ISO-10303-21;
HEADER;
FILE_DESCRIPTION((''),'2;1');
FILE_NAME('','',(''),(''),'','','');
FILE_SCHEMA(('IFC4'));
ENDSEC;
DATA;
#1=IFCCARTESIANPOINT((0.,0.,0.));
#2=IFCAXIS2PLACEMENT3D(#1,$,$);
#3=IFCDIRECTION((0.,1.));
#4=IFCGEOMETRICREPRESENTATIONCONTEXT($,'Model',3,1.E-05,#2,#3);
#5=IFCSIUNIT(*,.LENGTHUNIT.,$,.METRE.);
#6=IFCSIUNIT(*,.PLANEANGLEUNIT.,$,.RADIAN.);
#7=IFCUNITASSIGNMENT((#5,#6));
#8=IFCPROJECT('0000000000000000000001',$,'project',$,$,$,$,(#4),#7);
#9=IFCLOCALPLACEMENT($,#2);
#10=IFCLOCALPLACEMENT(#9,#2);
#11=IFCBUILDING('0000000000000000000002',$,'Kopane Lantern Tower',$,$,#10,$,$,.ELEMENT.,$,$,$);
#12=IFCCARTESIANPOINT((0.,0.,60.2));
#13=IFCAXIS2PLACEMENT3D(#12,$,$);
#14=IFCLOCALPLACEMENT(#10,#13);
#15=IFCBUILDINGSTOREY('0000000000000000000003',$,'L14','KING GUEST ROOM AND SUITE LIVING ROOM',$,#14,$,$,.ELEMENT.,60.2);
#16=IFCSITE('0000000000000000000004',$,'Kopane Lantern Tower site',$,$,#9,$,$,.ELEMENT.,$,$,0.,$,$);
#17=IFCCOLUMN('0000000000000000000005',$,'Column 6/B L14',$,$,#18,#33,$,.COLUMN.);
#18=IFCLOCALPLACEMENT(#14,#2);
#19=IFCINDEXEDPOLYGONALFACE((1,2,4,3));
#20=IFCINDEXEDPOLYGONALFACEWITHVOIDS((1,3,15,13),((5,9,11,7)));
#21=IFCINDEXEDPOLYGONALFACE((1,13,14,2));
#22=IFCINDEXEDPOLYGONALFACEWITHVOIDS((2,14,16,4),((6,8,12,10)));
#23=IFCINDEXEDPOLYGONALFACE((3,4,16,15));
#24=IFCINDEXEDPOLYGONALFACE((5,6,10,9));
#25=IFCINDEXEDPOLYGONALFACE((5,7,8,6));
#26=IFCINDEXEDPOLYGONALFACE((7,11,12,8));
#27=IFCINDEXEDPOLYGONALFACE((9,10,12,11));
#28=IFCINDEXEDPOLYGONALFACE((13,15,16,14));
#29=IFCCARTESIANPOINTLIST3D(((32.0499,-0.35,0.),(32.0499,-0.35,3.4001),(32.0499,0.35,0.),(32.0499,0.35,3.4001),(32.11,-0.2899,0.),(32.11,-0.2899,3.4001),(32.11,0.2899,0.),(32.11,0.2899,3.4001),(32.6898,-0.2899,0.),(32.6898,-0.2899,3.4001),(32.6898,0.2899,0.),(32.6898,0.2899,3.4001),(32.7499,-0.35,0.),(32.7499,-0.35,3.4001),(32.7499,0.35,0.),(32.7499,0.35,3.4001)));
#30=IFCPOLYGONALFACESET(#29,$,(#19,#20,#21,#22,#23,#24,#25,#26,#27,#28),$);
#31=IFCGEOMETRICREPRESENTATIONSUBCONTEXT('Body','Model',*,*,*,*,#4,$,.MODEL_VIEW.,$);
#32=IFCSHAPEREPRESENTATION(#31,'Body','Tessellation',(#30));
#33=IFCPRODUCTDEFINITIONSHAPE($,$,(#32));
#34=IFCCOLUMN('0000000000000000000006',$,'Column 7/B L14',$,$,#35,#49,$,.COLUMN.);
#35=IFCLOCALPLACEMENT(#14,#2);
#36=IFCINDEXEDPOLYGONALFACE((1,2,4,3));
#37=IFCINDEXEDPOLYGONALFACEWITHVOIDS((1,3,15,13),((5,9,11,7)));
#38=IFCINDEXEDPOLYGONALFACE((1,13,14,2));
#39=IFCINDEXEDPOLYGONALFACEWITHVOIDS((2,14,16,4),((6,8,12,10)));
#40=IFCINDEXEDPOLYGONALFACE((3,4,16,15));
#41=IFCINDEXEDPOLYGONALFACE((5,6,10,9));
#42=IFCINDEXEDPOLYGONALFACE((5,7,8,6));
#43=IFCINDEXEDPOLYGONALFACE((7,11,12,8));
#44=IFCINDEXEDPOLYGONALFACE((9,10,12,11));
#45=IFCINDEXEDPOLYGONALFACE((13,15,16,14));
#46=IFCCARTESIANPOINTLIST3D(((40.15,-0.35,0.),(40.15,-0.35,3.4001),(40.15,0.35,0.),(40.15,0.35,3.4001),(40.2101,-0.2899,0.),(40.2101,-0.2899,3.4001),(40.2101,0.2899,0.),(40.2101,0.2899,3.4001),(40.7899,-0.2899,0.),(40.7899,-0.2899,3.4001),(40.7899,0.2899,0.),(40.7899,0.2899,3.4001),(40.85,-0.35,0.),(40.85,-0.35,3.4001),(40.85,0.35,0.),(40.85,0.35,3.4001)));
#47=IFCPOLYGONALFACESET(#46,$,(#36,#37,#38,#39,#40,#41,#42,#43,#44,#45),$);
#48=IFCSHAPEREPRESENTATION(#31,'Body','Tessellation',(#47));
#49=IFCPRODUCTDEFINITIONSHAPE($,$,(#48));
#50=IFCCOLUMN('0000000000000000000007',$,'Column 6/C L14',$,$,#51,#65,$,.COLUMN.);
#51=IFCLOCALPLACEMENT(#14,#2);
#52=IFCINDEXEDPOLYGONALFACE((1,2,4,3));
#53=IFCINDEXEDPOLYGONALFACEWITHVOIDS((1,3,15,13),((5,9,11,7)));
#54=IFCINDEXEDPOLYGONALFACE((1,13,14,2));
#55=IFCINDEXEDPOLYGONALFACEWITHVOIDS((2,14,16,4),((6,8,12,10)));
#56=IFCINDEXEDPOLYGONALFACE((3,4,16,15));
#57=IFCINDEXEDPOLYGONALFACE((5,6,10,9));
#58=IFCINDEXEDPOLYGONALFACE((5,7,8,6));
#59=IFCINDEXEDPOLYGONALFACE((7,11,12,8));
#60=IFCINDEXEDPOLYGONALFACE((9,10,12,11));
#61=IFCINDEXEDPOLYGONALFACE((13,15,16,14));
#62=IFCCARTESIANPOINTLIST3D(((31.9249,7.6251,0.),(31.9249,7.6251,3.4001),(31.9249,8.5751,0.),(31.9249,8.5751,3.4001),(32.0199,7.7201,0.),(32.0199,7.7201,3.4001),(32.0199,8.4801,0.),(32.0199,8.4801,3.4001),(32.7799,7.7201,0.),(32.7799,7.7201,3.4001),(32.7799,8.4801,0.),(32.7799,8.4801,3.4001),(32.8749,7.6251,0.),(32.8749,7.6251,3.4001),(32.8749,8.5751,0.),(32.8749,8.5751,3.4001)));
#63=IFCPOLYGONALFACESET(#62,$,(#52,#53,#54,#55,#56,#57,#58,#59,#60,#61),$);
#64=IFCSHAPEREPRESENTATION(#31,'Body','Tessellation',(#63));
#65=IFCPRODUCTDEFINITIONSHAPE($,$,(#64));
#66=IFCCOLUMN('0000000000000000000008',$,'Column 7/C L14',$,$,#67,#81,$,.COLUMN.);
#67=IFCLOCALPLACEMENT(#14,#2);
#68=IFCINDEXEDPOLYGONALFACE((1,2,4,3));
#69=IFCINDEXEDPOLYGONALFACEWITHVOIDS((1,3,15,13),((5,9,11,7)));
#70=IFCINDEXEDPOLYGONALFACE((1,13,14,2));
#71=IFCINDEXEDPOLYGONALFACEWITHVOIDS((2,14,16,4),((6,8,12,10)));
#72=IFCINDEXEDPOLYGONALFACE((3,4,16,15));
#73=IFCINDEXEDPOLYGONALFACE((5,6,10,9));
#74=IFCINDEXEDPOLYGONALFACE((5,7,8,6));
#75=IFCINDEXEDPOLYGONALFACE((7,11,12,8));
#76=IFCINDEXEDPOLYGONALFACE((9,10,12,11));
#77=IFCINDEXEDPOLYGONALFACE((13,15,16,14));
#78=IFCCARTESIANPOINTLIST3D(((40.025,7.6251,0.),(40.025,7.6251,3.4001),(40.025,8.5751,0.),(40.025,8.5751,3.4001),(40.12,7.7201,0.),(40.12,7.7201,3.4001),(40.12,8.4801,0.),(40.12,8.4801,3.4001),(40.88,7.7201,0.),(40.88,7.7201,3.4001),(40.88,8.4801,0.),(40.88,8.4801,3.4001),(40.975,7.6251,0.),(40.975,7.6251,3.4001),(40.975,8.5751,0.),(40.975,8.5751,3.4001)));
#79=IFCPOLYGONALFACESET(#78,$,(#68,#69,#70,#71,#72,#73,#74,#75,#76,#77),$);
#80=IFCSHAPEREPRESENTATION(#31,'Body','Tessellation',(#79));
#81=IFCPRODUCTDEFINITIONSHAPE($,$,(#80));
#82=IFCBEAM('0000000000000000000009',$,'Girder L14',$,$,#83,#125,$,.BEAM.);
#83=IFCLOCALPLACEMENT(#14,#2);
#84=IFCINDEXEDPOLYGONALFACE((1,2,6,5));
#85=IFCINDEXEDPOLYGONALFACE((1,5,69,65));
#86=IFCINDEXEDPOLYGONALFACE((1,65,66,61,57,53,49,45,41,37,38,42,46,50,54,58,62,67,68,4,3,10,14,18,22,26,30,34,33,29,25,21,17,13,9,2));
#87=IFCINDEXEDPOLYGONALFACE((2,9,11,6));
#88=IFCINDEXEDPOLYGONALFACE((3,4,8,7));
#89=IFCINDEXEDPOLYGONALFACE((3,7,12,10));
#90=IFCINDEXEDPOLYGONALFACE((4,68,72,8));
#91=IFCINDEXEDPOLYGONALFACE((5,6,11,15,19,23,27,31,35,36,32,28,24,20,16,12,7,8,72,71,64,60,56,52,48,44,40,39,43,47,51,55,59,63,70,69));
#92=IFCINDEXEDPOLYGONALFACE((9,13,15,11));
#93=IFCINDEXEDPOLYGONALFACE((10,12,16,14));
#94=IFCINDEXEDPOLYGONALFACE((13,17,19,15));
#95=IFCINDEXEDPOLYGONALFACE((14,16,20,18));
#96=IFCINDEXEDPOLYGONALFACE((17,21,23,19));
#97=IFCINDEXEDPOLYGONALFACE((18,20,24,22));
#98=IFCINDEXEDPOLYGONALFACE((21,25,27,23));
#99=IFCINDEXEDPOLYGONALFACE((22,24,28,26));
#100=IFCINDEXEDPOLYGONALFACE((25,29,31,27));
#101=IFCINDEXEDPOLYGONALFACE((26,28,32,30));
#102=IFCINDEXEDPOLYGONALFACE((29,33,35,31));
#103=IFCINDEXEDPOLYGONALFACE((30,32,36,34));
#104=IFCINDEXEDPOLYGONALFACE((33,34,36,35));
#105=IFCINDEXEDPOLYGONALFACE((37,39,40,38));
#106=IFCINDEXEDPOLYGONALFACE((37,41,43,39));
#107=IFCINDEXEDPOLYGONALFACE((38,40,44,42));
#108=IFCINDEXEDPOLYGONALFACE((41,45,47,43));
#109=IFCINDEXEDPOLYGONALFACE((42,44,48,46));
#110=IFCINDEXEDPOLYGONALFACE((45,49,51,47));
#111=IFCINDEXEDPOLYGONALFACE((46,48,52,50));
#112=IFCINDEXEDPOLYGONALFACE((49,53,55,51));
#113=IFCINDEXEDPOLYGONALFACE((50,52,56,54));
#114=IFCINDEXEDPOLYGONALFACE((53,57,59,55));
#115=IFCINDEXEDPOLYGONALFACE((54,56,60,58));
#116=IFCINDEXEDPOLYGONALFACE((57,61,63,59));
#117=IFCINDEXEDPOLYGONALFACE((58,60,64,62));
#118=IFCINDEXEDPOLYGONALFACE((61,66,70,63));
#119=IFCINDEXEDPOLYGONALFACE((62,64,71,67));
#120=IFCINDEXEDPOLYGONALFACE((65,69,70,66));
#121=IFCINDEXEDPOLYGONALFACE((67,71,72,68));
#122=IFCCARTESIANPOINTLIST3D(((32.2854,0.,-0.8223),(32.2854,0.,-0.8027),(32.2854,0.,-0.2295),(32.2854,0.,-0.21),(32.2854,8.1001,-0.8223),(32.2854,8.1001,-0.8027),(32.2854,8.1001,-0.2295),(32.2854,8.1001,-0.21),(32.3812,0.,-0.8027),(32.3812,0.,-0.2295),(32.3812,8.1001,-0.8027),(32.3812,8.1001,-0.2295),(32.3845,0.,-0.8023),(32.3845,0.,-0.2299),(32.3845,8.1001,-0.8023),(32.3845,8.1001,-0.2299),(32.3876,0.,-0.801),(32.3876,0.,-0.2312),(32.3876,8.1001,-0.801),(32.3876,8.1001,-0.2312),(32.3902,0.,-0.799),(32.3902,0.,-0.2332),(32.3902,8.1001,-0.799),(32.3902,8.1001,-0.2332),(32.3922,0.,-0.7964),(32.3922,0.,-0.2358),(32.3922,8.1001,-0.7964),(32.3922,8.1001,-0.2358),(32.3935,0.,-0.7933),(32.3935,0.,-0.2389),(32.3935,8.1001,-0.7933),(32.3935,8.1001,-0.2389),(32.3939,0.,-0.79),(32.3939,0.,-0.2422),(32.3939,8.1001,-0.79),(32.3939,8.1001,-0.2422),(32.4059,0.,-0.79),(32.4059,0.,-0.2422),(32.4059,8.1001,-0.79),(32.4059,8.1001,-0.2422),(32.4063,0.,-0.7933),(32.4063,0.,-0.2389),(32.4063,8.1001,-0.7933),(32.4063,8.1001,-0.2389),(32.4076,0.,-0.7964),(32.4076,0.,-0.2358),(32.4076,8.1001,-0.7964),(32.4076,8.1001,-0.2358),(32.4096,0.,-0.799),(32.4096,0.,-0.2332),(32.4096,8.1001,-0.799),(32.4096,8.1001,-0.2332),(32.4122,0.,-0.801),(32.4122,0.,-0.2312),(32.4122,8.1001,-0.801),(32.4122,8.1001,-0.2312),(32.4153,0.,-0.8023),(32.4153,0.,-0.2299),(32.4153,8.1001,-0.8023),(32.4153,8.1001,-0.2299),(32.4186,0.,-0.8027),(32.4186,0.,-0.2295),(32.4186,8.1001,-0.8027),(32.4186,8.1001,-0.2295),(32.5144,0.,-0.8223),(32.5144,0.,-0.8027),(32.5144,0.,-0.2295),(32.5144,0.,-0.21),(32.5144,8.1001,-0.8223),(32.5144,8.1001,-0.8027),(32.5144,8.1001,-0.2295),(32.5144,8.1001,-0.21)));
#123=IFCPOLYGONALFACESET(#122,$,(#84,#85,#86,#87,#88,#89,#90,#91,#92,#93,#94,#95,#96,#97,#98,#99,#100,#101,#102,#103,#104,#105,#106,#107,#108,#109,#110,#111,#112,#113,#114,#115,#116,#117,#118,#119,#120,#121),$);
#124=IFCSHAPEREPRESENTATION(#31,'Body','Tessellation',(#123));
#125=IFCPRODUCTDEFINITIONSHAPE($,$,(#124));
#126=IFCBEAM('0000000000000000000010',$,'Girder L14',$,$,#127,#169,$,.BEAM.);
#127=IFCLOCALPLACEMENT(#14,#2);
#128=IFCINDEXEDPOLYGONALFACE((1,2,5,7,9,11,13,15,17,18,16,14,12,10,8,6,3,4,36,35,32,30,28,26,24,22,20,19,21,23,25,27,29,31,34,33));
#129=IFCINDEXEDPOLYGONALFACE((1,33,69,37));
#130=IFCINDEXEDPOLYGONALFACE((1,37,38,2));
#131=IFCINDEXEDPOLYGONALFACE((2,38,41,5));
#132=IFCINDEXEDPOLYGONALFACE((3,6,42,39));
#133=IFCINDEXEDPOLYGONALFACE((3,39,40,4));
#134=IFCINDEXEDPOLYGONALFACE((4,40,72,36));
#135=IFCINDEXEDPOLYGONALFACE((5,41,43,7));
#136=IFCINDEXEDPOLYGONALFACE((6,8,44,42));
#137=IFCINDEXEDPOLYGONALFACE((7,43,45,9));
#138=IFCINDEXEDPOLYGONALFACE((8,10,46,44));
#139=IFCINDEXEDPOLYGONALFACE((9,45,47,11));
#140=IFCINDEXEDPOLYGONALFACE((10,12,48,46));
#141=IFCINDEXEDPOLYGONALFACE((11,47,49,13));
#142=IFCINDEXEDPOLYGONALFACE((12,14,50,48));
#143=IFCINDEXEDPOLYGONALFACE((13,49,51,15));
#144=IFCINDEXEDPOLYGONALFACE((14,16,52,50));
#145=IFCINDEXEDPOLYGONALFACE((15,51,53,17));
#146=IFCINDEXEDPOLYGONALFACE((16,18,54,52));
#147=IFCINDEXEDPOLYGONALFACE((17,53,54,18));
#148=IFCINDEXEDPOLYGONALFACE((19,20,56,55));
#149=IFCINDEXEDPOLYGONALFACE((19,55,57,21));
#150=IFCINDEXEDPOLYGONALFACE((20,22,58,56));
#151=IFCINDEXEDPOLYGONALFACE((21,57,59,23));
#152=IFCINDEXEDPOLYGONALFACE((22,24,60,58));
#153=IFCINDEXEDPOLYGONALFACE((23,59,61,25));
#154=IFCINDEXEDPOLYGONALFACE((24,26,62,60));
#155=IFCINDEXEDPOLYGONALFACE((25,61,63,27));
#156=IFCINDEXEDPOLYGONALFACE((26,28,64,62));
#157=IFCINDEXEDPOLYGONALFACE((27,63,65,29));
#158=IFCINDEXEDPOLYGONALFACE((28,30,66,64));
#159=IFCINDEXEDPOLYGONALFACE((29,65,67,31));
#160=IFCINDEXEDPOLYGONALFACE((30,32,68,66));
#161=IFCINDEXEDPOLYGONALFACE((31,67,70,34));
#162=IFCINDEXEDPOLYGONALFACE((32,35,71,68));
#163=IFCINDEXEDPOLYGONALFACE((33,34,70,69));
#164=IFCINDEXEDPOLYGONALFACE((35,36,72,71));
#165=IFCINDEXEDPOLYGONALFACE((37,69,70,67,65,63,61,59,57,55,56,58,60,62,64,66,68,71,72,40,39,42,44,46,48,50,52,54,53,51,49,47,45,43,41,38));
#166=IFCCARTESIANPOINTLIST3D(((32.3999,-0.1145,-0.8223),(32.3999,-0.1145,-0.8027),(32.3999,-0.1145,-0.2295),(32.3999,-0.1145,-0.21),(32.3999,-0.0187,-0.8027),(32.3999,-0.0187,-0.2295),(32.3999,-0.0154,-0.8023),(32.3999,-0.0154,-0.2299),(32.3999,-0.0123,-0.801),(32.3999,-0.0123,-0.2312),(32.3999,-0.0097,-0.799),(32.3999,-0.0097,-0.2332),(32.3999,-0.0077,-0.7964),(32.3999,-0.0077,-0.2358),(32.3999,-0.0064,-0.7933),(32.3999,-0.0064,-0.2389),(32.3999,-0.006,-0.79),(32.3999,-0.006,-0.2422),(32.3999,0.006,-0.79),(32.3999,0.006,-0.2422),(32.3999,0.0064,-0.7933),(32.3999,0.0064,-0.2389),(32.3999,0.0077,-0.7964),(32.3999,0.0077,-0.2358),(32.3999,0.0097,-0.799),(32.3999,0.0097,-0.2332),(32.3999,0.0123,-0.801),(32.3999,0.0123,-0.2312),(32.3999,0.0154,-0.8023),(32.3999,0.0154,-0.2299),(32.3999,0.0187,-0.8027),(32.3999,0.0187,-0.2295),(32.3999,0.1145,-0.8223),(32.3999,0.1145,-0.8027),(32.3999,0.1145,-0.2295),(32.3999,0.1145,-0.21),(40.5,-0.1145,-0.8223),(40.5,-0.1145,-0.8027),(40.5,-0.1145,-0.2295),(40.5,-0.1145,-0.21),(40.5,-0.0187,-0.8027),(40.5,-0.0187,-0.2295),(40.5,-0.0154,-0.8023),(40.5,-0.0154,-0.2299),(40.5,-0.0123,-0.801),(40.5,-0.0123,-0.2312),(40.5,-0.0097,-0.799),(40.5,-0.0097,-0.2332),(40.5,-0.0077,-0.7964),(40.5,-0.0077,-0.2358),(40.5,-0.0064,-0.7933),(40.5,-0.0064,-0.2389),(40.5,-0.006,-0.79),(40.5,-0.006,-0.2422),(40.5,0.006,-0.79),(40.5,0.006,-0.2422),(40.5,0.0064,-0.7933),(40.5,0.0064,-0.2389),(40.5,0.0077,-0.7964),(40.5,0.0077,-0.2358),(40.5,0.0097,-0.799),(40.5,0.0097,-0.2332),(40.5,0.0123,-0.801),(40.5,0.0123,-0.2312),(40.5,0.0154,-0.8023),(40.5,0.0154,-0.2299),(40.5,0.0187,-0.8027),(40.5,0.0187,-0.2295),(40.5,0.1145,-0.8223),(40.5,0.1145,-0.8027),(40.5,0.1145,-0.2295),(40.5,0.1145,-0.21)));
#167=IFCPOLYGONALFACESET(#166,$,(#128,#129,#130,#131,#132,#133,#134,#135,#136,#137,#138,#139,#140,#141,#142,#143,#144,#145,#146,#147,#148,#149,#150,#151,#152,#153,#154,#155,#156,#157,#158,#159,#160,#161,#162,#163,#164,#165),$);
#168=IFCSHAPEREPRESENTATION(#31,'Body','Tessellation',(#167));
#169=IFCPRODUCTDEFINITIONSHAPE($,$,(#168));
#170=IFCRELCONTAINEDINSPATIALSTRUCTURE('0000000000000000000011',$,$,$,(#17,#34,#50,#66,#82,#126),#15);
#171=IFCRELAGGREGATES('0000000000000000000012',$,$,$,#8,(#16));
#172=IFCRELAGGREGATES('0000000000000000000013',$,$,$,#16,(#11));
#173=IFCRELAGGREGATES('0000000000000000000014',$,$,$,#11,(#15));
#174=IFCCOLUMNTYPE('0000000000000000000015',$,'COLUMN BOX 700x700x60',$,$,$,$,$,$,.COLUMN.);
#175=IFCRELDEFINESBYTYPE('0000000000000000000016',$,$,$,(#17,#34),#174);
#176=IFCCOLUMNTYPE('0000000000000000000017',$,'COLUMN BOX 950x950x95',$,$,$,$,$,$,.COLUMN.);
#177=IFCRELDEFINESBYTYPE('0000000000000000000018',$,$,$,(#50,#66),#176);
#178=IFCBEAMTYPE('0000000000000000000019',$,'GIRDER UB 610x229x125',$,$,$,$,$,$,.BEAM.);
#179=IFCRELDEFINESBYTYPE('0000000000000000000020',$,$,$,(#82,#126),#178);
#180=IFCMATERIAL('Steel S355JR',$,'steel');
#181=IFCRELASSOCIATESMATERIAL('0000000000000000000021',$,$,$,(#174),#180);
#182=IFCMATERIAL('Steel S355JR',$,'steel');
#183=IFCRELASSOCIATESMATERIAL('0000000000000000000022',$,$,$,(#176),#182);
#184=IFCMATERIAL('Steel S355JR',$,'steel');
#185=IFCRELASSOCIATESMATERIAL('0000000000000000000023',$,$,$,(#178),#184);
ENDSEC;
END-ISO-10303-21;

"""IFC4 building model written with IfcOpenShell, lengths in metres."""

from ifc_helpers import new_model, si_unit, direction, frame, origin, origin_2d, place, context, subcontext, project, spatial, hollow_rectangle, i_section, extrude, material, material_profile, profile_set, type_object, element, save


model = new_model("IFC4")

# Units and contexts
model_context = context("Model", 3, precision=1e-05, world=origin(), true_north=direction((0.0, 1.0)))
body_context = subcontext(model_context, "Body", "Model", "MODEL_VIEW")
ifc_project = project(units=[si_unit("LENGTHUNIT", "METRE"), si_unit("PLANEANGLEUNIT", "RADIAN")], contexts=[model_context])

# Site, building, storey
site_placement = place(None, origin())
site = spatial("IfcSite", under=ifc_project, at=site_placement, Name="Kopane Lantern Tower site", CompositionType="ELEMENT", RefElevation=0.0)
building_placement = place(site_placement, origin())
building = spatial("IfcBuilding", under=site, at=building_placement, Name="Kopane Lantern Tower", CompositionType="ELEMENT")
storey_placement = place(building_placement, frame((0.0, 0.0, 60.2)))
storey = spatial("IfcBuildingStorey", under=building, at=storey_placement, Name="L14", Description="KING GUEST ROOM AND SUITE LIVING ROOM", CompositionType="ELEMENT", Elevation=60.2)

# Columns
ifc_material_1 = material(Name="Steel S355JR", Category="steel")
ifc_material_profile_1 = material_profile(ifc_material_1, hollow_rectangle(XDim=0.7, YDim=0.7, WallThickness=0.0601, at=origin_2d()), Name="BOX 700x700x60")
ifc_profile_set_1 = profile_set([ifc_material_profile_1], Name="Steel S355JR")
column_type_1 = type_object("IfcColumnType", Name="COLUMN BOX 700x700x60", PredefinedType="COLUMN", material=ifc_profile_set_1)
for number, where, z_axis, x_axis, name in (
    (1, (32.3999, 0.0, 0.0), (0.0, 0.0, 1.0), (1.0, 0.0, 0.0), "Column 6/B L14"),
    (2, (40.5, 0.0, 0.0), (0.0, 0.0, 1.0), (1.0, 0.0, 0.0), "Column 7/B L14"),
):
    element("IfcColumn", number, at=place(storey_placement, frame(where, z_axis=z_axis, x_axis=x_axis)), inside=storey, type_object=column_type_1, Name=name, PredefinedType="COLUMN", context=body_context, shape_type="SweptSolid", body=[
        extrude(hollow_rectangle(XDim=0.7, YDim=0.7, WallThickness=0.0601, at=origin_2d()), origin(), (0.0, 0.0, 1.0), 3.4001),
    ])
ifc_material_2 = material(Name="Steel S355JR", Category="steel")
ifc_material_profile_2 = material_profile(ifc_material_2, hollow_rectangle(XDim=0.95, YDim=0.95, WallThickness=0.095, at=origin_2d()), Name="BOX 950x950x95")
ifc_profile_set_2 = profile_set([ifc_material_profile_2], Name="Steel S355JR")
column_type_2 = type_object("IfcColumnType", Name="COLUMN BOX 950x950x95", PredefinedType="COLUMN", material=ifc_profile_set_2)
for number, where, z_axis, x_axis, name in (
    (3, (32.3999, 8.1001, 0.0), (0.0, 0.0, 1.0), (1.0, 0.0, 0.0), "Column 6/C L14"),
    (4, (40.5, 8.1001, 0.0), (0.0, 0.0, 1.0), (1.0, 0.0, 0.0), "Column 7/C L14"),
):
    element("IfcColumn", number, at=place(storey_placement, frame(where, z_axis=z_axis, x_axis=x_axis)), inside=storey, type_object=column_type_2, Name=name, PredefinedType="COLUMN", context=body_context, shape_type="SweptSolid", body=[
        extrude(hollow_rectangle(XDim=0.95, YDim=0.95, WallThickness=0.095, at=origin_2d()), origin(), (0.0, 0.0, 1.0), 3.4001),
    ])

# Beams
ifc_material_3 = material(Name="Steel S355JR", Category="steel")
ifc_material_profile_3 = material_profile(ifc_material_3, i_section(OverallWidth=0.229, OverallDepth=0.6123, WebThickness=0.012, FlangeThickness=0.0195, FilletRadius=0.0127, at=origin_2d()), Name="UB 610x229x125")
ifc_profile_set_3 = profile_set([ifc_material_profile_3], Name="Steel S355JR")
beam_type = type_object("IfcBeamType", Name="GIRDER UB 610x229x125", PredefinedType="BEAM", material=ifc_profile_set_3)
for number, where, z_axis, x_axis, name in (
    (5, (32.3999, 0.0, -0.5161), (0.0, 1.0, 0.0), (-1.0, 0.0, 0.0), "Girder L14"),
    (6, (32.3999, 0.0, -0.5161), (1.0, 0.0, 0.0), (0.0, 1.0, 0.0), "Girder L14"),
):
    element("IfcBeam", number, at=place(storey_placement, frame(where, z_axis=z_axis, x_axis=x_axis)), inside=storey, type_object=beam_type, Name=name, PredefinedType="BEAM", context=body_context, shape_type="SweptSolid", body=[
        extrude(i_section(OverallWidth=0.229, OverallDepth=0.6123, WebThickness=0.012, FlangeThickness=0.0195, FilletRadius=0.0127, at=origin_2d()), origin(), (0.0, 0.0, 1.0), 8.1001),
    ])

save(model, "model.ifc")
